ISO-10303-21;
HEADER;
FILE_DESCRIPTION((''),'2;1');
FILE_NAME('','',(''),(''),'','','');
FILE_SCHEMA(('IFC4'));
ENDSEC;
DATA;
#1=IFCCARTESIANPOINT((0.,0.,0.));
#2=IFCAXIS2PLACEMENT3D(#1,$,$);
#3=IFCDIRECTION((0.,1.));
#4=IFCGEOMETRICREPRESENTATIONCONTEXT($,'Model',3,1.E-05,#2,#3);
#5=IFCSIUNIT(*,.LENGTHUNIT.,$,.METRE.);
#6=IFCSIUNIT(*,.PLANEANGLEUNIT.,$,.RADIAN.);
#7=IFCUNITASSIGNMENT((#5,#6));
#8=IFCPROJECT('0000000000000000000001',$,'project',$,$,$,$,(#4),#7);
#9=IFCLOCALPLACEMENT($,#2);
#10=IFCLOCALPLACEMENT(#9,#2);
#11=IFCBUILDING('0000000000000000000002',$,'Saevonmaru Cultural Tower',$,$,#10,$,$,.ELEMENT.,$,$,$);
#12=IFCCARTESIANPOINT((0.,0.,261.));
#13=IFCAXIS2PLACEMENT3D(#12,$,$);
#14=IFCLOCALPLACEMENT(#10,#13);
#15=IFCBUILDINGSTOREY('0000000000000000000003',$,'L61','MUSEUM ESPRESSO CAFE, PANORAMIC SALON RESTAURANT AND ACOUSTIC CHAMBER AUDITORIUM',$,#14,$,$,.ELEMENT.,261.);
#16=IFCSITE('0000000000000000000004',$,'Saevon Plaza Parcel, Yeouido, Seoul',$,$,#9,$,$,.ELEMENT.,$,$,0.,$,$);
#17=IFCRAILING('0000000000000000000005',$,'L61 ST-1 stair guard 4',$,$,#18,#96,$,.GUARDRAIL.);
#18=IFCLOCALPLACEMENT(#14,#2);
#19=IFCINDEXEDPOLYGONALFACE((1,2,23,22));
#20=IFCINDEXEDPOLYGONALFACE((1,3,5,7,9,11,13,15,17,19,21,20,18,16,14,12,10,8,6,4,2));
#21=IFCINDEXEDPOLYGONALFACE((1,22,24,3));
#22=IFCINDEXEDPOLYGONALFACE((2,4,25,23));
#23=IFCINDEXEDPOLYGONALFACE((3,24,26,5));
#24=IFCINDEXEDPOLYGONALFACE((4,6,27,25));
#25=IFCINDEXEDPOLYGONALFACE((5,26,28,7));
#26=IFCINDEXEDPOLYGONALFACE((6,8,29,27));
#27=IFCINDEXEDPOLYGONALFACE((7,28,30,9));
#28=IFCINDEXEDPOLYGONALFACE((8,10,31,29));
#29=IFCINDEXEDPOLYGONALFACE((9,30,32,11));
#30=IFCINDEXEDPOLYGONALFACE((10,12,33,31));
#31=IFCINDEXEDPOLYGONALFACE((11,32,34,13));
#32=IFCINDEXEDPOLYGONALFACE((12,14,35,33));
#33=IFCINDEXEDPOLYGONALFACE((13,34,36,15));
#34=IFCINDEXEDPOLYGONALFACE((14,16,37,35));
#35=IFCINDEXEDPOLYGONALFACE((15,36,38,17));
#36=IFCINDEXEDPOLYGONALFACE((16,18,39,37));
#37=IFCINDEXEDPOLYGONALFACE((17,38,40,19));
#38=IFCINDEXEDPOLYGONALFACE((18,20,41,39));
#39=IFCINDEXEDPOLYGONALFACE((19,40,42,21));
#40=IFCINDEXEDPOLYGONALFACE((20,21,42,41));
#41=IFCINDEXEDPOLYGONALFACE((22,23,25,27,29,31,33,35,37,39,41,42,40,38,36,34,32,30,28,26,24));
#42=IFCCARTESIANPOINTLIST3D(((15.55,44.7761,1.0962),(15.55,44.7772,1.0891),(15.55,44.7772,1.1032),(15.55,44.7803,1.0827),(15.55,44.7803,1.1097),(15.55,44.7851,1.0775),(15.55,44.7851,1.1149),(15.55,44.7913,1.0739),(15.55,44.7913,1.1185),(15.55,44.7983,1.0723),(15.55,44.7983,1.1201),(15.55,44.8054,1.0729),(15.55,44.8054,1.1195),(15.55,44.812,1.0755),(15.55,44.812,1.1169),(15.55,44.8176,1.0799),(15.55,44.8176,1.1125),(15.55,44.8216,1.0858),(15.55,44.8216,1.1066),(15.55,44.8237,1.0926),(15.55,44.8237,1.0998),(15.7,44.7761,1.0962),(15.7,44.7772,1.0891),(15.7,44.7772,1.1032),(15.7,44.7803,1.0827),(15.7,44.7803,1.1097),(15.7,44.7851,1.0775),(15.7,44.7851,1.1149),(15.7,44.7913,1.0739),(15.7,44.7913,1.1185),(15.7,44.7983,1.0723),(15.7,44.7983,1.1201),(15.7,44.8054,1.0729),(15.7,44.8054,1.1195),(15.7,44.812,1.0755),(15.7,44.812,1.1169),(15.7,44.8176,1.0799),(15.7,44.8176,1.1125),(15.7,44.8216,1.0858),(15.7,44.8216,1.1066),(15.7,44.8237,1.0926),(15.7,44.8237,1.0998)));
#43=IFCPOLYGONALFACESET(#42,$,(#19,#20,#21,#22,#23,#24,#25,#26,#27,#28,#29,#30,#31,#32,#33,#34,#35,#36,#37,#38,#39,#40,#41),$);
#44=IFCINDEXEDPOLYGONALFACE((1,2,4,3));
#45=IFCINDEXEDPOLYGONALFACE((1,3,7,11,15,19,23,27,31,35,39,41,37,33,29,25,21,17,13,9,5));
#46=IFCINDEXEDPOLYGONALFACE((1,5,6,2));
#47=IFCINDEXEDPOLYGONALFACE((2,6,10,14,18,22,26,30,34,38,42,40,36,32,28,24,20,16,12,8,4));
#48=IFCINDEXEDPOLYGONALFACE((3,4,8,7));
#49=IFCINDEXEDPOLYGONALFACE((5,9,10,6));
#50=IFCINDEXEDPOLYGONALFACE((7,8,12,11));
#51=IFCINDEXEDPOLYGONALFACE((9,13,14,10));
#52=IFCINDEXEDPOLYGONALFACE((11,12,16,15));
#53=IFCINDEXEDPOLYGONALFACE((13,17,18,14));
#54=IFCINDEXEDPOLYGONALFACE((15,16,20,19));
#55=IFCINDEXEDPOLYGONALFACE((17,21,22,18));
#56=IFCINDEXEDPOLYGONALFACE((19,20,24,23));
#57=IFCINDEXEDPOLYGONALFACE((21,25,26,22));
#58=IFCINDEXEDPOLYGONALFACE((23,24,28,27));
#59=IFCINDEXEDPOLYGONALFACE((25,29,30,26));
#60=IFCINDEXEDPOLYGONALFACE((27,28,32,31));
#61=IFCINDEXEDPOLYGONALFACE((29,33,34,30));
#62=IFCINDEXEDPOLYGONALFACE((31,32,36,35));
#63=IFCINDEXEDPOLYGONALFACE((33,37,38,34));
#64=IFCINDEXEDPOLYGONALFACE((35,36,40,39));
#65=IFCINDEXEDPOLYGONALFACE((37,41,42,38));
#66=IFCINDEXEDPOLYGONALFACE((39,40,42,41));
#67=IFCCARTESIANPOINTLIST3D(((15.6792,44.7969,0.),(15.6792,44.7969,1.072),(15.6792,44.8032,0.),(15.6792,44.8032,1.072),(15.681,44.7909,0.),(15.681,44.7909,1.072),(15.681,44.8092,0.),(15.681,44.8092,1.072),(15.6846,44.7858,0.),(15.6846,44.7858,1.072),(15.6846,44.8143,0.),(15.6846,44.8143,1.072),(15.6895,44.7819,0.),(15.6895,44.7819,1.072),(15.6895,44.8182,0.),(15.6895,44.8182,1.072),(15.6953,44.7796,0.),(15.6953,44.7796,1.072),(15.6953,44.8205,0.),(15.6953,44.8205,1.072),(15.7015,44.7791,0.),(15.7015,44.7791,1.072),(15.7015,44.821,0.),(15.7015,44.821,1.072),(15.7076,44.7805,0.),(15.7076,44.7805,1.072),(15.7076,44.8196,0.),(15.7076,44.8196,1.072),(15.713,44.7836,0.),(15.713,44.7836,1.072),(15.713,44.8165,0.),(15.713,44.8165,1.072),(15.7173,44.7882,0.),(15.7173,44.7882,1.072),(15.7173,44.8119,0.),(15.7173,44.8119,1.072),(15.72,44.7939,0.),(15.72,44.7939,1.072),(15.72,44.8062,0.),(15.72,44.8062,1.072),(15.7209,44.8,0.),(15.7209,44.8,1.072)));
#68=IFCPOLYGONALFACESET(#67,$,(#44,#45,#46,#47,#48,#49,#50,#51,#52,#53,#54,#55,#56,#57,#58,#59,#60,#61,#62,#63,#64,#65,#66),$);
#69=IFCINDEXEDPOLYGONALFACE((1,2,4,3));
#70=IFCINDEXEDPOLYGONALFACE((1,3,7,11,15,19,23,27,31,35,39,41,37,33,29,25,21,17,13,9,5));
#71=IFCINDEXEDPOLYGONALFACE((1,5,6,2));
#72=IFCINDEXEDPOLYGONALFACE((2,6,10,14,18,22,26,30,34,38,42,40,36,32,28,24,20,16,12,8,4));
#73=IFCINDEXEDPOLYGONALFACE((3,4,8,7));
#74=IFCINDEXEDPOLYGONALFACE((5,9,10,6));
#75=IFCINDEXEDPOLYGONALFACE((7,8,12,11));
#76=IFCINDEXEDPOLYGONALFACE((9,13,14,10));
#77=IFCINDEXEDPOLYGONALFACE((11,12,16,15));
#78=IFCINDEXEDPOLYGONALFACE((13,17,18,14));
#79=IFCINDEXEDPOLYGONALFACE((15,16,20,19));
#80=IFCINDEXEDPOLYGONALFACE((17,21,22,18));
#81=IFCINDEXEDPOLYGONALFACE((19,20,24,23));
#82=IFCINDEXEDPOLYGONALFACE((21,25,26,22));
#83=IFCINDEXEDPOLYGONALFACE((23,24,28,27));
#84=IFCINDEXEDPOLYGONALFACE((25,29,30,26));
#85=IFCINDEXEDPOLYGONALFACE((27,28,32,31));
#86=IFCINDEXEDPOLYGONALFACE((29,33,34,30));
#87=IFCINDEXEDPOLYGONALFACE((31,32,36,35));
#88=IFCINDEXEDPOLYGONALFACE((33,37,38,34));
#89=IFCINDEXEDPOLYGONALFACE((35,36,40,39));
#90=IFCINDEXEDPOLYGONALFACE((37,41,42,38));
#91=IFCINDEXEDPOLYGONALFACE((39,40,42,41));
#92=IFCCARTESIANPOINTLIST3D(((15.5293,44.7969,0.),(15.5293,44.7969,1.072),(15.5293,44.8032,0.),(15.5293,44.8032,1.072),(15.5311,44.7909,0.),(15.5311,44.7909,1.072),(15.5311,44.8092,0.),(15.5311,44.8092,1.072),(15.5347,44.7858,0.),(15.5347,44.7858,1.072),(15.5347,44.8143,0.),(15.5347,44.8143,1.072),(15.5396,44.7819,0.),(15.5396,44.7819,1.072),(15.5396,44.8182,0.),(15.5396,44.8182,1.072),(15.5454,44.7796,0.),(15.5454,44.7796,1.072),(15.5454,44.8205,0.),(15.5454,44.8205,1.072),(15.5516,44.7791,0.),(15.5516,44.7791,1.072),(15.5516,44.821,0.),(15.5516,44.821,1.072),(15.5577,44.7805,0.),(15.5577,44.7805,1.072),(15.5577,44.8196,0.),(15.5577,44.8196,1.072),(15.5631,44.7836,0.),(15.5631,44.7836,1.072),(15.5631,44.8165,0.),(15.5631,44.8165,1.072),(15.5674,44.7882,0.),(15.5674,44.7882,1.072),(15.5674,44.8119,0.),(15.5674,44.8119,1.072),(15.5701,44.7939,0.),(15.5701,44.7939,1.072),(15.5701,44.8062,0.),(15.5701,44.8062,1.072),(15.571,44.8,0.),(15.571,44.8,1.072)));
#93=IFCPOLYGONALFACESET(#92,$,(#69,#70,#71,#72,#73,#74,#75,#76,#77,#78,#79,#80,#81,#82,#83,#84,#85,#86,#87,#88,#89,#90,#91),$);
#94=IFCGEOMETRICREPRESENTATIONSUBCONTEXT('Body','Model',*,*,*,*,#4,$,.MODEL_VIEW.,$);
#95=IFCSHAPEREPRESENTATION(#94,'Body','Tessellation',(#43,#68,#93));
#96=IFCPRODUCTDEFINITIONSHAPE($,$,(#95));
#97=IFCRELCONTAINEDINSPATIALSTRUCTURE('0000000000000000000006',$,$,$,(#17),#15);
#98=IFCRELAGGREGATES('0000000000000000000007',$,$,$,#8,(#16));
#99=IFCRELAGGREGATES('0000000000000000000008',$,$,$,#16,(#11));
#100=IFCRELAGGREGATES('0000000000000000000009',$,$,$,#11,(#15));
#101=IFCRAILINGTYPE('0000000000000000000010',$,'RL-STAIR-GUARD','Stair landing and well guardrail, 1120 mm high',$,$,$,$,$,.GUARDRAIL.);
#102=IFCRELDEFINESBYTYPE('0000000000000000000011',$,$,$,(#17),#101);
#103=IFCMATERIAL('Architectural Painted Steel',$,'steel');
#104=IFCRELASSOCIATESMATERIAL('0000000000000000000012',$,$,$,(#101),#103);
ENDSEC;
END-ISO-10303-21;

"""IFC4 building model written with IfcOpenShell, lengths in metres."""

from ifc_helpers import new_model, si_unit, direction, frame, origin, origin_2d, place, context, subcontext, project, spatial, circle, extrude, material, type_object, element, save


model = new_model("IFC4")

# Units and contexts
model_context = context("Model", 3, precision=1e-05, world=origin(), true_north=direction((0.0, 1.0)))
body_context = subcontext(model_context, "Body", "Model", "MODEL_VIEW")
ifc_project = project(units=[si_unit("LENGTHUNIT", "METRE"), si_unit("PLANEANGLEUNIT", "RADIAN")], contexts=[model_context])

# Site, building, storey
site_placement = place(None, origin())
site = spatial("IfcSite", under=ifc_project, at=site_placement, Name="Saevon Plaza Parcel, Yeouido, Seoul", CompositionType="ELEMENT", RefElevation=0.0)
building_placement = place(site_placement, origin())
building = spatial("IfcBuilding", under=site, at=building_placement, Name="Saevonmaru Cultural Tower", CompositionType="ELEMENT")
storey_placement = place(building_placement, frame((0.0, 0.0, 261.0)))
storey = spatial("IfcBuildingStorey", under=building, at=storey_placement, Name="L61", Description="MUSEUM ESPRESSO CAFE, PANORAMIC SALON RESTAURANT AND ACOUSTIC CHAMBER AUDITORIUM", CompositionType="ELEMENT", Elevation=261.0)

# Railing
ifc_material_1 = material(Name="Architectural Painted Steel", Category="steel")
railing_type_1 = type_object("IfcRailingType", Name="RL-STAIR-GUARD", Description="Stair landing and well guardrail, 1120 mm high", PredefinedType="GUARDRAIL", material=ifc_material_1)
railing_1_placement = place(storey_placement, frame((15.7, 44.8, 0.0)))
element("IfcRailing", 1, at=railing_1_placement, inside=storey, type_object=railing_type_1, Name="L61 ST-1 stair guard 4", PredefinedType="GUARDRAIL", context=body_context, shape_type="SweptSolid", body=[
    extrude(circle(Radius=0.0239, at=origin_2d()), frame((0.0, 0.0, 1.0962), z_axis=(-1.0, 0.0, 0.0), x_axis=(0.0, -1.0, 0.0)), (0.0, 0.0, 1.0), 0.1499),
    extrude(circle(Radius=0.021, at=origin_2d()), origin(), (0.0, 0.0, 1.0), 1.072),
    extrude(circle(Radius=0.021, at=origin_2d()), frame((-0.1499, 0.0, 0.0)), (0.0, 0.0, 1.0), 1.072),
])

save(model, "model.ifc")
